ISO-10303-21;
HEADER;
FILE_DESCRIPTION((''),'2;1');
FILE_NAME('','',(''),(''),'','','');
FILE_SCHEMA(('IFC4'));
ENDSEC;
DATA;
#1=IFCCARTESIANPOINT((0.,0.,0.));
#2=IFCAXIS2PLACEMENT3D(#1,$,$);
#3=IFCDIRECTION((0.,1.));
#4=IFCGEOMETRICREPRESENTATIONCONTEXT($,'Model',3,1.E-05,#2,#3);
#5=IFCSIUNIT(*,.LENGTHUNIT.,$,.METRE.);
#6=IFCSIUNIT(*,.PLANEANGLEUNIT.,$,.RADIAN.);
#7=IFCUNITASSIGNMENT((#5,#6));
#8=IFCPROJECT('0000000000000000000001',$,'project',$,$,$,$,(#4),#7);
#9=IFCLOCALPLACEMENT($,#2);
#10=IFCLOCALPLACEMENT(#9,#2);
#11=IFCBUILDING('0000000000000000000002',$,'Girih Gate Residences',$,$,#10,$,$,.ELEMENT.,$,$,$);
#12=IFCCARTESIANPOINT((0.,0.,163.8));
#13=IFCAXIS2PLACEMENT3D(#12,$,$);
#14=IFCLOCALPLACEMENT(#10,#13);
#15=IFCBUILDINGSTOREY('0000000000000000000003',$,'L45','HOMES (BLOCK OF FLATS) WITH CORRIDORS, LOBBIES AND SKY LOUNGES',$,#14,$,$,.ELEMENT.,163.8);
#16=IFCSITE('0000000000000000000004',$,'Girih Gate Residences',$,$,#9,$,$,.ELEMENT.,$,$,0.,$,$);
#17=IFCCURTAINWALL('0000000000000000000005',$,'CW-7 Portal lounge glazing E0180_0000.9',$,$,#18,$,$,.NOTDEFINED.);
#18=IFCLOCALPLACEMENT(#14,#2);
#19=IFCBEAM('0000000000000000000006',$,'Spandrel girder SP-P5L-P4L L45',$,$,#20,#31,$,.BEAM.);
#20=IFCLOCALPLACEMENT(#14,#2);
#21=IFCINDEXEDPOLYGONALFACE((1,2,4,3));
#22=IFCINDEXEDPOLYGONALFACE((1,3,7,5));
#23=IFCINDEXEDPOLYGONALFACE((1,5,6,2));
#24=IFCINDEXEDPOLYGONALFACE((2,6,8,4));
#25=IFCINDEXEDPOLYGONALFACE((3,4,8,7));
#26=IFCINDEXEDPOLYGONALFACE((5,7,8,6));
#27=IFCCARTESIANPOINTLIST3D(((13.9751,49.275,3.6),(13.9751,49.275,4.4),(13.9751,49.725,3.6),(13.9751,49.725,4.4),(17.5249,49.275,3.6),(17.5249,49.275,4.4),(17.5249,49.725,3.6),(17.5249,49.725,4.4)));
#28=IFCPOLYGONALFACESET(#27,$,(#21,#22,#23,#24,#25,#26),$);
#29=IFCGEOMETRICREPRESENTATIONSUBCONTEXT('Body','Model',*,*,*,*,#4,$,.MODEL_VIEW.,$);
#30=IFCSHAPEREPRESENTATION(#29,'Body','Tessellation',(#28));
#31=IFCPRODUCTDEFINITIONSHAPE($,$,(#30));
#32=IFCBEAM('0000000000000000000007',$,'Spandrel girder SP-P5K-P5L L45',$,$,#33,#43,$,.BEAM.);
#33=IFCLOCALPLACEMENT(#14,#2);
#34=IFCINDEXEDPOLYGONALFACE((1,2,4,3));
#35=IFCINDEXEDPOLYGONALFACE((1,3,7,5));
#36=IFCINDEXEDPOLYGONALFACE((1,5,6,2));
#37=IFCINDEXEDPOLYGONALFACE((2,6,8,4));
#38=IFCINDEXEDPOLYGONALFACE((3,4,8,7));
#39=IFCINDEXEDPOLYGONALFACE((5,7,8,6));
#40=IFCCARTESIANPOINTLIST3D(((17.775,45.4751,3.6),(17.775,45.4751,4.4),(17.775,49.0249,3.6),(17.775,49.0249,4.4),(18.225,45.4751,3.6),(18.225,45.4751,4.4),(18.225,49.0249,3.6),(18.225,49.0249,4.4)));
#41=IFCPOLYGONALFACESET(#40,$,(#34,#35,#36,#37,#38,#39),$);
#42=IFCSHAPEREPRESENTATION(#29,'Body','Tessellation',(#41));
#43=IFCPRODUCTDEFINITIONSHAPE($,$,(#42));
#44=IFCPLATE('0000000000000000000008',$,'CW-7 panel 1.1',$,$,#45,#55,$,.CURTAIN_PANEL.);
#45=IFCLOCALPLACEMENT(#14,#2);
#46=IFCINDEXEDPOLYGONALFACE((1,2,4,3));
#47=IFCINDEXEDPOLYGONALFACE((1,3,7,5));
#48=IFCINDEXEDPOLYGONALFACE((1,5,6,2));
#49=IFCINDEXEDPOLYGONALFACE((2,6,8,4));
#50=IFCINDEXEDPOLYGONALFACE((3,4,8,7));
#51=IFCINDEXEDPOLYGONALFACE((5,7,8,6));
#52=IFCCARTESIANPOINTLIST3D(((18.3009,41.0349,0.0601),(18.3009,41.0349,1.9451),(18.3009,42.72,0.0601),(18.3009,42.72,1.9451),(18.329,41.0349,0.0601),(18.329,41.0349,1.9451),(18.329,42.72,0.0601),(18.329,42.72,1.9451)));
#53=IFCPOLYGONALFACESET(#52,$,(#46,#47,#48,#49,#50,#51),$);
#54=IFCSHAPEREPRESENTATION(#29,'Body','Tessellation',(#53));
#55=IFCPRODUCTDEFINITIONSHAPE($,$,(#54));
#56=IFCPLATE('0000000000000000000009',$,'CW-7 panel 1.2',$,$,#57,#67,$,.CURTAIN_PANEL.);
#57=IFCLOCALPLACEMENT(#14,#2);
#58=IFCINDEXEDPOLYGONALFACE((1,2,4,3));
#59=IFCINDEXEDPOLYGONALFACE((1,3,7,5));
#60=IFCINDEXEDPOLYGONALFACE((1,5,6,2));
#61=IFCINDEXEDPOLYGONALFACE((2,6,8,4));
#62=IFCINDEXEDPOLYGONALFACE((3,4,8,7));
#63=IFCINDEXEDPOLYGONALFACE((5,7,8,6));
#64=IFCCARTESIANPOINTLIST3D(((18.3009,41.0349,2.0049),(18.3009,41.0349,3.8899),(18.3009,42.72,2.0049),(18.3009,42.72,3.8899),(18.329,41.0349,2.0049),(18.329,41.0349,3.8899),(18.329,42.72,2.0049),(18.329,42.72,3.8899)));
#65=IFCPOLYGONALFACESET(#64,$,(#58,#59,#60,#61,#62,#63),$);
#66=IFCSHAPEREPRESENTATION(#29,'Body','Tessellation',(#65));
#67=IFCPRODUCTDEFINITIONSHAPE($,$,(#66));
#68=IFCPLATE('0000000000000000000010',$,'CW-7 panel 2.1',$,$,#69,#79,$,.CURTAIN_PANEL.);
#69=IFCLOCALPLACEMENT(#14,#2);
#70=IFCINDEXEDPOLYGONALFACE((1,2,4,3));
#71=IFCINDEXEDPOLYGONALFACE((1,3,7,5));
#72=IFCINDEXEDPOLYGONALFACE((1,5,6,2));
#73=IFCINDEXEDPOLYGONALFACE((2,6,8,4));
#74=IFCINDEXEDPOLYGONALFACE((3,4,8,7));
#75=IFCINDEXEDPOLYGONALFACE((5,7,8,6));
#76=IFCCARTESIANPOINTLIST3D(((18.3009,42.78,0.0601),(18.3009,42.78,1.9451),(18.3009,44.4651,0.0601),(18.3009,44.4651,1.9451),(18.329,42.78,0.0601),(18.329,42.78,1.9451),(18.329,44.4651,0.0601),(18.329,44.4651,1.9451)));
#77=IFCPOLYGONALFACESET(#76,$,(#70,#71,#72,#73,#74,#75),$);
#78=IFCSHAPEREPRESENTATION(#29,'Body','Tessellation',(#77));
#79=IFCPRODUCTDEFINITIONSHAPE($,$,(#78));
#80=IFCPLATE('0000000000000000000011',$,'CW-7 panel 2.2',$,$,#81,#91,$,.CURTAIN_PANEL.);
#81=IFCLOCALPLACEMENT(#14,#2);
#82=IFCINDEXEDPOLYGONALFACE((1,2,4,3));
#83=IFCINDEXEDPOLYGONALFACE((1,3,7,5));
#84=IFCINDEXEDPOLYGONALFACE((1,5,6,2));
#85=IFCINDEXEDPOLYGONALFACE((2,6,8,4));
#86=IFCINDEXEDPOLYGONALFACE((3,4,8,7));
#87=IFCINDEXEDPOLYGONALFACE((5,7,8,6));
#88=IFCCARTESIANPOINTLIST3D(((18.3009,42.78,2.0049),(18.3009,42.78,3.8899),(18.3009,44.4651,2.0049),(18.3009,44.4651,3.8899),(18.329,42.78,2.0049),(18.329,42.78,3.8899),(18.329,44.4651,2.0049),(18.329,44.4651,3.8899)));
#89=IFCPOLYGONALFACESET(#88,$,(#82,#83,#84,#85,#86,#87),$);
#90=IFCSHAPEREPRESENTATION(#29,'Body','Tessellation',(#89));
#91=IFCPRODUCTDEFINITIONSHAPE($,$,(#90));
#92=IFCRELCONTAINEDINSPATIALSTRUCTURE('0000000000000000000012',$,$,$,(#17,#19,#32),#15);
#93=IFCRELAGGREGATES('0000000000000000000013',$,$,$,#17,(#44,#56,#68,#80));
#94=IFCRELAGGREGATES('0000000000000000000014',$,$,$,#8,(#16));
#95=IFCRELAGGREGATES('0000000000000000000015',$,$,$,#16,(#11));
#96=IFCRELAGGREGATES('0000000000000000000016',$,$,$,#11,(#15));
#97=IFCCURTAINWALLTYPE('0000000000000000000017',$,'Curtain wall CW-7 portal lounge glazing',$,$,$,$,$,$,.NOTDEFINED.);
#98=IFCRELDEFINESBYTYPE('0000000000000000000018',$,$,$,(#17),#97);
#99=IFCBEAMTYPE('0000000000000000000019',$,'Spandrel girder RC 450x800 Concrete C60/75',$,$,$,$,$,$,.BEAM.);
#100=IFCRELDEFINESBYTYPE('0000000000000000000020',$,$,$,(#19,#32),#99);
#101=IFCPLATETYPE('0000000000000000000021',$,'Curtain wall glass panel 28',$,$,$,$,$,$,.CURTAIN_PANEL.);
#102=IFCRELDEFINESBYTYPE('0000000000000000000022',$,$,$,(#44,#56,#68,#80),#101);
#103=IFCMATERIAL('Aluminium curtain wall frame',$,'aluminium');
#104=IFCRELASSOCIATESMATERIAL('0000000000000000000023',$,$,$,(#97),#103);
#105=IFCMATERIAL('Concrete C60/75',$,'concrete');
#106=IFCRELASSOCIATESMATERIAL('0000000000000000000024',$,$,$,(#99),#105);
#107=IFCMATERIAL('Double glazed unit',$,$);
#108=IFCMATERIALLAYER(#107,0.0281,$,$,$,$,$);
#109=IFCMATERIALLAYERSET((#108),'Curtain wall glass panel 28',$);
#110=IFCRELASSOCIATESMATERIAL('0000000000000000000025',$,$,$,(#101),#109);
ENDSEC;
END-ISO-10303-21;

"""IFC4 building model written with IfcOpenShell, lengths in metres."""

from ifc_helpers import new_model, si_unit, direction, frame, origin, origin_2d, place, context, subcontext, project, spatial, rectangle, extrude, material, layer, layer_set, material_profile, profile_set, type_object, element, aggregate, save


model = new_model("IFC4")

# Units and contexts
model_context = context("Model", 3, precision=1e-05, world=origin(), true_north=direction((0.0, 1.0)))
body_context = subcontext(model_context, "Body", "Model", "MODEL_VIEW")
ifc_project = project(units=[si_unit("LENGTHUNIT", "METRE"), si_unit("PLANEANGLEUNIT", "RADIAN")], contexts=[model_context])

# Site, building, storey
site_placement = place(None, origin())
site = spatial("IfcSite", under=ifc_project, at=site_placement, Name="Girih Gate Residences", CompositionType="ELEMENT", RefElevation=0.0)
building_placement = place(site_placement, origin())
building = spatial("IfcBuilding", under=site, at=building_placement, Name="Girih Gate Residences", CompositionType="ELEMENT")
storey_placement = place(building_placement, frame((0.0, 0.0, 163.8)))
storey = spatial("IfcBuildingStorey", under=building, at=storey_placement, Name="L45", Description="HOMES (BLOCK OF FLATS) WITH CORRIDORS, LOBBIES AND SKY LOUNGES", CompositionType="ELEMENT", Elevation=163.8)

# Curtain wall
ifc_material_1 = material(Name="Aluminium curtain wall frame", Category="aluminium")
curtain_wall_type = type_object("IfcCurtainWallType", Name="Curtain wall CW-7 portal lounge glazing", PredefinedType="NOTDEFINED", material=ifc_material_1)
curtain_wall_1_placement = place(storey_placement, origin())
curtain_wall_1 = element("IfcCurtainWall", 1, at=curtain_wall_1_placement, inside=storey, type_object=curtain_wall_type, Name="CW-7 Portal lounge glazing E0180_0000.9", PredefinedType="NOTDEFINED")

# Beams
ifc_material_2 = material(Name="Concrete C60/75", Category="concrete")
ifc_material_profile_1 = material_profile(ifc_material_2, rectangle(XDim=0.45, YDim=0.8, at=origin_2d()))
ifc_profile_set_1 = profile_set([ifc_material_profile_1], Name="Concrete C60/75")
beam_type = type_object("IfcBeamType", Name="Spandrel girder RC 450x800 Concrete C60/75", PredefinedType="BEAM", material=ifc_profile_set_1)
for number, where, z_axis, x_axis, name in (
    (2, (17.5249, 49.5, 4.0), (-1.0, 0.0, 0.0), (0.0, -1.0, 0.0), "Spandrel girder SP-P5L-P4L L45"),
    (3, (18.0, 45.4751, 4.0), (0.0, 1.0, 0.0), (-1.0, 0.0, 0.0), "Spandrel girder SP-P5K-P5L L45"),
):
    element("IfcBeam", number, at=place(storey_placement, frame(where, z_axis=z_axis, x_axis=x_axis)), inside=storey, type_object=beam_type, Name=name, PredefinedType="BEAM", context=body_context, shape_type="SweptSolid", body=[
        extrude(rectangle(XDim=0.45, YDim=0.8, at=origin_2d()), origin(), (0.0, 0.0, 1.0), 3.5498),
    ])

# Plates
ifc_material_3 = material(Name="Double glazed unit")
ifc_layer = layer(ifc_material_3, 0.0281)
ifc_layer_set = layer_set([ifc_layer], Name="Curtain wall glass panel 28")
plate_type = type_object("IfcPlateType", Name="Curtain wall glass panel 28", PredefinedType="CURTAIN_PANEL", material=ifc_layer_set)
plate_1_placement = place(storey_placement, frame((18.3149, 41.8774, 0.0601), z_axis=(0.0, 0.0, 1.0), x_axis=(0.0, 1.0, 0.0)))
plate_1 = element("IfcPlate", 4, at=plate_1_placement, type_object=plate_type, Name="CW-7 panel 1.1", PredefinedType="CURTAIN_PANEL", context=body_context, shape_type="SweptSolid", body=[
    extrude(rectangle(XDim=1.6851, YDim=0.0281, at=origin_2d()), origin(), (0.0, 0.0, 1.0), 1.885),
])
plate_2_placement = place(storey_placement, frame((18.3149, 41.8774, 2.0049), z_axis=(0.0, 0.0, 1.0), x_axis=(0.0, 1.0, 0.0)))
plate_2 = element("IfcPlate", 5, at=plate_2_placement, type_object=plate_type, Name="CW-7 panel 1.2", PredefinedType="CURTAIN_PANEL", context=body_context, shape_type="SweptSolid", body=[
    extrude(rectangle(XDim=1.6851, YDim=0.0281, at=origin_2d()), origin(), (0.0, 0.0, 1.0), 1.885),
])
plate_3_placement = place(storey_placement, frame((18.3149, 43.6226, 0.0601), z_axis=(0.0, 0.0, 1.0), x_axis=(0.0, 1.0, 0.0)))
plate_3 = element("IfcPlate", 6, at=plate_3_placement, type_object=plate_type, Name="CW-7 panel 2.1", PredefinedType="CURTAIN_PANEL", context=body_context, shape_type="SweptSolid", body=[
    extrude(rectangle(XDim=1.6851, YDim=0.0281, at=origin_2d()), origin(), (0.0, 0.0, 1.0), 1.885),
])
plate_4_placement = place(storey_placement, frame((18.3149, 43.6226, 2.0049), z_axis=(0.0, 0.0, 1.0), x_axis=(0.0, 1.0, 0.0)))
plate_4 = element("IfcPlate", 7, at=plate_4_placement, type_object=plate_type, Name="CW-7 panel 2.2", PredefinedType="CURTAIN_PANEL", context=body_context, shape_type="SweptSolid", body=[
    extrude(rectangle(XDim=1.6851, YDim=0.0281, at=origin_2d()), origin(), (0.0, 0.0, 1.0), 1.885),
])
aggregate(curtain_wall_1, [plate_1, plate_2, plate_3, plate_4])

save(model, "model.ifc")
